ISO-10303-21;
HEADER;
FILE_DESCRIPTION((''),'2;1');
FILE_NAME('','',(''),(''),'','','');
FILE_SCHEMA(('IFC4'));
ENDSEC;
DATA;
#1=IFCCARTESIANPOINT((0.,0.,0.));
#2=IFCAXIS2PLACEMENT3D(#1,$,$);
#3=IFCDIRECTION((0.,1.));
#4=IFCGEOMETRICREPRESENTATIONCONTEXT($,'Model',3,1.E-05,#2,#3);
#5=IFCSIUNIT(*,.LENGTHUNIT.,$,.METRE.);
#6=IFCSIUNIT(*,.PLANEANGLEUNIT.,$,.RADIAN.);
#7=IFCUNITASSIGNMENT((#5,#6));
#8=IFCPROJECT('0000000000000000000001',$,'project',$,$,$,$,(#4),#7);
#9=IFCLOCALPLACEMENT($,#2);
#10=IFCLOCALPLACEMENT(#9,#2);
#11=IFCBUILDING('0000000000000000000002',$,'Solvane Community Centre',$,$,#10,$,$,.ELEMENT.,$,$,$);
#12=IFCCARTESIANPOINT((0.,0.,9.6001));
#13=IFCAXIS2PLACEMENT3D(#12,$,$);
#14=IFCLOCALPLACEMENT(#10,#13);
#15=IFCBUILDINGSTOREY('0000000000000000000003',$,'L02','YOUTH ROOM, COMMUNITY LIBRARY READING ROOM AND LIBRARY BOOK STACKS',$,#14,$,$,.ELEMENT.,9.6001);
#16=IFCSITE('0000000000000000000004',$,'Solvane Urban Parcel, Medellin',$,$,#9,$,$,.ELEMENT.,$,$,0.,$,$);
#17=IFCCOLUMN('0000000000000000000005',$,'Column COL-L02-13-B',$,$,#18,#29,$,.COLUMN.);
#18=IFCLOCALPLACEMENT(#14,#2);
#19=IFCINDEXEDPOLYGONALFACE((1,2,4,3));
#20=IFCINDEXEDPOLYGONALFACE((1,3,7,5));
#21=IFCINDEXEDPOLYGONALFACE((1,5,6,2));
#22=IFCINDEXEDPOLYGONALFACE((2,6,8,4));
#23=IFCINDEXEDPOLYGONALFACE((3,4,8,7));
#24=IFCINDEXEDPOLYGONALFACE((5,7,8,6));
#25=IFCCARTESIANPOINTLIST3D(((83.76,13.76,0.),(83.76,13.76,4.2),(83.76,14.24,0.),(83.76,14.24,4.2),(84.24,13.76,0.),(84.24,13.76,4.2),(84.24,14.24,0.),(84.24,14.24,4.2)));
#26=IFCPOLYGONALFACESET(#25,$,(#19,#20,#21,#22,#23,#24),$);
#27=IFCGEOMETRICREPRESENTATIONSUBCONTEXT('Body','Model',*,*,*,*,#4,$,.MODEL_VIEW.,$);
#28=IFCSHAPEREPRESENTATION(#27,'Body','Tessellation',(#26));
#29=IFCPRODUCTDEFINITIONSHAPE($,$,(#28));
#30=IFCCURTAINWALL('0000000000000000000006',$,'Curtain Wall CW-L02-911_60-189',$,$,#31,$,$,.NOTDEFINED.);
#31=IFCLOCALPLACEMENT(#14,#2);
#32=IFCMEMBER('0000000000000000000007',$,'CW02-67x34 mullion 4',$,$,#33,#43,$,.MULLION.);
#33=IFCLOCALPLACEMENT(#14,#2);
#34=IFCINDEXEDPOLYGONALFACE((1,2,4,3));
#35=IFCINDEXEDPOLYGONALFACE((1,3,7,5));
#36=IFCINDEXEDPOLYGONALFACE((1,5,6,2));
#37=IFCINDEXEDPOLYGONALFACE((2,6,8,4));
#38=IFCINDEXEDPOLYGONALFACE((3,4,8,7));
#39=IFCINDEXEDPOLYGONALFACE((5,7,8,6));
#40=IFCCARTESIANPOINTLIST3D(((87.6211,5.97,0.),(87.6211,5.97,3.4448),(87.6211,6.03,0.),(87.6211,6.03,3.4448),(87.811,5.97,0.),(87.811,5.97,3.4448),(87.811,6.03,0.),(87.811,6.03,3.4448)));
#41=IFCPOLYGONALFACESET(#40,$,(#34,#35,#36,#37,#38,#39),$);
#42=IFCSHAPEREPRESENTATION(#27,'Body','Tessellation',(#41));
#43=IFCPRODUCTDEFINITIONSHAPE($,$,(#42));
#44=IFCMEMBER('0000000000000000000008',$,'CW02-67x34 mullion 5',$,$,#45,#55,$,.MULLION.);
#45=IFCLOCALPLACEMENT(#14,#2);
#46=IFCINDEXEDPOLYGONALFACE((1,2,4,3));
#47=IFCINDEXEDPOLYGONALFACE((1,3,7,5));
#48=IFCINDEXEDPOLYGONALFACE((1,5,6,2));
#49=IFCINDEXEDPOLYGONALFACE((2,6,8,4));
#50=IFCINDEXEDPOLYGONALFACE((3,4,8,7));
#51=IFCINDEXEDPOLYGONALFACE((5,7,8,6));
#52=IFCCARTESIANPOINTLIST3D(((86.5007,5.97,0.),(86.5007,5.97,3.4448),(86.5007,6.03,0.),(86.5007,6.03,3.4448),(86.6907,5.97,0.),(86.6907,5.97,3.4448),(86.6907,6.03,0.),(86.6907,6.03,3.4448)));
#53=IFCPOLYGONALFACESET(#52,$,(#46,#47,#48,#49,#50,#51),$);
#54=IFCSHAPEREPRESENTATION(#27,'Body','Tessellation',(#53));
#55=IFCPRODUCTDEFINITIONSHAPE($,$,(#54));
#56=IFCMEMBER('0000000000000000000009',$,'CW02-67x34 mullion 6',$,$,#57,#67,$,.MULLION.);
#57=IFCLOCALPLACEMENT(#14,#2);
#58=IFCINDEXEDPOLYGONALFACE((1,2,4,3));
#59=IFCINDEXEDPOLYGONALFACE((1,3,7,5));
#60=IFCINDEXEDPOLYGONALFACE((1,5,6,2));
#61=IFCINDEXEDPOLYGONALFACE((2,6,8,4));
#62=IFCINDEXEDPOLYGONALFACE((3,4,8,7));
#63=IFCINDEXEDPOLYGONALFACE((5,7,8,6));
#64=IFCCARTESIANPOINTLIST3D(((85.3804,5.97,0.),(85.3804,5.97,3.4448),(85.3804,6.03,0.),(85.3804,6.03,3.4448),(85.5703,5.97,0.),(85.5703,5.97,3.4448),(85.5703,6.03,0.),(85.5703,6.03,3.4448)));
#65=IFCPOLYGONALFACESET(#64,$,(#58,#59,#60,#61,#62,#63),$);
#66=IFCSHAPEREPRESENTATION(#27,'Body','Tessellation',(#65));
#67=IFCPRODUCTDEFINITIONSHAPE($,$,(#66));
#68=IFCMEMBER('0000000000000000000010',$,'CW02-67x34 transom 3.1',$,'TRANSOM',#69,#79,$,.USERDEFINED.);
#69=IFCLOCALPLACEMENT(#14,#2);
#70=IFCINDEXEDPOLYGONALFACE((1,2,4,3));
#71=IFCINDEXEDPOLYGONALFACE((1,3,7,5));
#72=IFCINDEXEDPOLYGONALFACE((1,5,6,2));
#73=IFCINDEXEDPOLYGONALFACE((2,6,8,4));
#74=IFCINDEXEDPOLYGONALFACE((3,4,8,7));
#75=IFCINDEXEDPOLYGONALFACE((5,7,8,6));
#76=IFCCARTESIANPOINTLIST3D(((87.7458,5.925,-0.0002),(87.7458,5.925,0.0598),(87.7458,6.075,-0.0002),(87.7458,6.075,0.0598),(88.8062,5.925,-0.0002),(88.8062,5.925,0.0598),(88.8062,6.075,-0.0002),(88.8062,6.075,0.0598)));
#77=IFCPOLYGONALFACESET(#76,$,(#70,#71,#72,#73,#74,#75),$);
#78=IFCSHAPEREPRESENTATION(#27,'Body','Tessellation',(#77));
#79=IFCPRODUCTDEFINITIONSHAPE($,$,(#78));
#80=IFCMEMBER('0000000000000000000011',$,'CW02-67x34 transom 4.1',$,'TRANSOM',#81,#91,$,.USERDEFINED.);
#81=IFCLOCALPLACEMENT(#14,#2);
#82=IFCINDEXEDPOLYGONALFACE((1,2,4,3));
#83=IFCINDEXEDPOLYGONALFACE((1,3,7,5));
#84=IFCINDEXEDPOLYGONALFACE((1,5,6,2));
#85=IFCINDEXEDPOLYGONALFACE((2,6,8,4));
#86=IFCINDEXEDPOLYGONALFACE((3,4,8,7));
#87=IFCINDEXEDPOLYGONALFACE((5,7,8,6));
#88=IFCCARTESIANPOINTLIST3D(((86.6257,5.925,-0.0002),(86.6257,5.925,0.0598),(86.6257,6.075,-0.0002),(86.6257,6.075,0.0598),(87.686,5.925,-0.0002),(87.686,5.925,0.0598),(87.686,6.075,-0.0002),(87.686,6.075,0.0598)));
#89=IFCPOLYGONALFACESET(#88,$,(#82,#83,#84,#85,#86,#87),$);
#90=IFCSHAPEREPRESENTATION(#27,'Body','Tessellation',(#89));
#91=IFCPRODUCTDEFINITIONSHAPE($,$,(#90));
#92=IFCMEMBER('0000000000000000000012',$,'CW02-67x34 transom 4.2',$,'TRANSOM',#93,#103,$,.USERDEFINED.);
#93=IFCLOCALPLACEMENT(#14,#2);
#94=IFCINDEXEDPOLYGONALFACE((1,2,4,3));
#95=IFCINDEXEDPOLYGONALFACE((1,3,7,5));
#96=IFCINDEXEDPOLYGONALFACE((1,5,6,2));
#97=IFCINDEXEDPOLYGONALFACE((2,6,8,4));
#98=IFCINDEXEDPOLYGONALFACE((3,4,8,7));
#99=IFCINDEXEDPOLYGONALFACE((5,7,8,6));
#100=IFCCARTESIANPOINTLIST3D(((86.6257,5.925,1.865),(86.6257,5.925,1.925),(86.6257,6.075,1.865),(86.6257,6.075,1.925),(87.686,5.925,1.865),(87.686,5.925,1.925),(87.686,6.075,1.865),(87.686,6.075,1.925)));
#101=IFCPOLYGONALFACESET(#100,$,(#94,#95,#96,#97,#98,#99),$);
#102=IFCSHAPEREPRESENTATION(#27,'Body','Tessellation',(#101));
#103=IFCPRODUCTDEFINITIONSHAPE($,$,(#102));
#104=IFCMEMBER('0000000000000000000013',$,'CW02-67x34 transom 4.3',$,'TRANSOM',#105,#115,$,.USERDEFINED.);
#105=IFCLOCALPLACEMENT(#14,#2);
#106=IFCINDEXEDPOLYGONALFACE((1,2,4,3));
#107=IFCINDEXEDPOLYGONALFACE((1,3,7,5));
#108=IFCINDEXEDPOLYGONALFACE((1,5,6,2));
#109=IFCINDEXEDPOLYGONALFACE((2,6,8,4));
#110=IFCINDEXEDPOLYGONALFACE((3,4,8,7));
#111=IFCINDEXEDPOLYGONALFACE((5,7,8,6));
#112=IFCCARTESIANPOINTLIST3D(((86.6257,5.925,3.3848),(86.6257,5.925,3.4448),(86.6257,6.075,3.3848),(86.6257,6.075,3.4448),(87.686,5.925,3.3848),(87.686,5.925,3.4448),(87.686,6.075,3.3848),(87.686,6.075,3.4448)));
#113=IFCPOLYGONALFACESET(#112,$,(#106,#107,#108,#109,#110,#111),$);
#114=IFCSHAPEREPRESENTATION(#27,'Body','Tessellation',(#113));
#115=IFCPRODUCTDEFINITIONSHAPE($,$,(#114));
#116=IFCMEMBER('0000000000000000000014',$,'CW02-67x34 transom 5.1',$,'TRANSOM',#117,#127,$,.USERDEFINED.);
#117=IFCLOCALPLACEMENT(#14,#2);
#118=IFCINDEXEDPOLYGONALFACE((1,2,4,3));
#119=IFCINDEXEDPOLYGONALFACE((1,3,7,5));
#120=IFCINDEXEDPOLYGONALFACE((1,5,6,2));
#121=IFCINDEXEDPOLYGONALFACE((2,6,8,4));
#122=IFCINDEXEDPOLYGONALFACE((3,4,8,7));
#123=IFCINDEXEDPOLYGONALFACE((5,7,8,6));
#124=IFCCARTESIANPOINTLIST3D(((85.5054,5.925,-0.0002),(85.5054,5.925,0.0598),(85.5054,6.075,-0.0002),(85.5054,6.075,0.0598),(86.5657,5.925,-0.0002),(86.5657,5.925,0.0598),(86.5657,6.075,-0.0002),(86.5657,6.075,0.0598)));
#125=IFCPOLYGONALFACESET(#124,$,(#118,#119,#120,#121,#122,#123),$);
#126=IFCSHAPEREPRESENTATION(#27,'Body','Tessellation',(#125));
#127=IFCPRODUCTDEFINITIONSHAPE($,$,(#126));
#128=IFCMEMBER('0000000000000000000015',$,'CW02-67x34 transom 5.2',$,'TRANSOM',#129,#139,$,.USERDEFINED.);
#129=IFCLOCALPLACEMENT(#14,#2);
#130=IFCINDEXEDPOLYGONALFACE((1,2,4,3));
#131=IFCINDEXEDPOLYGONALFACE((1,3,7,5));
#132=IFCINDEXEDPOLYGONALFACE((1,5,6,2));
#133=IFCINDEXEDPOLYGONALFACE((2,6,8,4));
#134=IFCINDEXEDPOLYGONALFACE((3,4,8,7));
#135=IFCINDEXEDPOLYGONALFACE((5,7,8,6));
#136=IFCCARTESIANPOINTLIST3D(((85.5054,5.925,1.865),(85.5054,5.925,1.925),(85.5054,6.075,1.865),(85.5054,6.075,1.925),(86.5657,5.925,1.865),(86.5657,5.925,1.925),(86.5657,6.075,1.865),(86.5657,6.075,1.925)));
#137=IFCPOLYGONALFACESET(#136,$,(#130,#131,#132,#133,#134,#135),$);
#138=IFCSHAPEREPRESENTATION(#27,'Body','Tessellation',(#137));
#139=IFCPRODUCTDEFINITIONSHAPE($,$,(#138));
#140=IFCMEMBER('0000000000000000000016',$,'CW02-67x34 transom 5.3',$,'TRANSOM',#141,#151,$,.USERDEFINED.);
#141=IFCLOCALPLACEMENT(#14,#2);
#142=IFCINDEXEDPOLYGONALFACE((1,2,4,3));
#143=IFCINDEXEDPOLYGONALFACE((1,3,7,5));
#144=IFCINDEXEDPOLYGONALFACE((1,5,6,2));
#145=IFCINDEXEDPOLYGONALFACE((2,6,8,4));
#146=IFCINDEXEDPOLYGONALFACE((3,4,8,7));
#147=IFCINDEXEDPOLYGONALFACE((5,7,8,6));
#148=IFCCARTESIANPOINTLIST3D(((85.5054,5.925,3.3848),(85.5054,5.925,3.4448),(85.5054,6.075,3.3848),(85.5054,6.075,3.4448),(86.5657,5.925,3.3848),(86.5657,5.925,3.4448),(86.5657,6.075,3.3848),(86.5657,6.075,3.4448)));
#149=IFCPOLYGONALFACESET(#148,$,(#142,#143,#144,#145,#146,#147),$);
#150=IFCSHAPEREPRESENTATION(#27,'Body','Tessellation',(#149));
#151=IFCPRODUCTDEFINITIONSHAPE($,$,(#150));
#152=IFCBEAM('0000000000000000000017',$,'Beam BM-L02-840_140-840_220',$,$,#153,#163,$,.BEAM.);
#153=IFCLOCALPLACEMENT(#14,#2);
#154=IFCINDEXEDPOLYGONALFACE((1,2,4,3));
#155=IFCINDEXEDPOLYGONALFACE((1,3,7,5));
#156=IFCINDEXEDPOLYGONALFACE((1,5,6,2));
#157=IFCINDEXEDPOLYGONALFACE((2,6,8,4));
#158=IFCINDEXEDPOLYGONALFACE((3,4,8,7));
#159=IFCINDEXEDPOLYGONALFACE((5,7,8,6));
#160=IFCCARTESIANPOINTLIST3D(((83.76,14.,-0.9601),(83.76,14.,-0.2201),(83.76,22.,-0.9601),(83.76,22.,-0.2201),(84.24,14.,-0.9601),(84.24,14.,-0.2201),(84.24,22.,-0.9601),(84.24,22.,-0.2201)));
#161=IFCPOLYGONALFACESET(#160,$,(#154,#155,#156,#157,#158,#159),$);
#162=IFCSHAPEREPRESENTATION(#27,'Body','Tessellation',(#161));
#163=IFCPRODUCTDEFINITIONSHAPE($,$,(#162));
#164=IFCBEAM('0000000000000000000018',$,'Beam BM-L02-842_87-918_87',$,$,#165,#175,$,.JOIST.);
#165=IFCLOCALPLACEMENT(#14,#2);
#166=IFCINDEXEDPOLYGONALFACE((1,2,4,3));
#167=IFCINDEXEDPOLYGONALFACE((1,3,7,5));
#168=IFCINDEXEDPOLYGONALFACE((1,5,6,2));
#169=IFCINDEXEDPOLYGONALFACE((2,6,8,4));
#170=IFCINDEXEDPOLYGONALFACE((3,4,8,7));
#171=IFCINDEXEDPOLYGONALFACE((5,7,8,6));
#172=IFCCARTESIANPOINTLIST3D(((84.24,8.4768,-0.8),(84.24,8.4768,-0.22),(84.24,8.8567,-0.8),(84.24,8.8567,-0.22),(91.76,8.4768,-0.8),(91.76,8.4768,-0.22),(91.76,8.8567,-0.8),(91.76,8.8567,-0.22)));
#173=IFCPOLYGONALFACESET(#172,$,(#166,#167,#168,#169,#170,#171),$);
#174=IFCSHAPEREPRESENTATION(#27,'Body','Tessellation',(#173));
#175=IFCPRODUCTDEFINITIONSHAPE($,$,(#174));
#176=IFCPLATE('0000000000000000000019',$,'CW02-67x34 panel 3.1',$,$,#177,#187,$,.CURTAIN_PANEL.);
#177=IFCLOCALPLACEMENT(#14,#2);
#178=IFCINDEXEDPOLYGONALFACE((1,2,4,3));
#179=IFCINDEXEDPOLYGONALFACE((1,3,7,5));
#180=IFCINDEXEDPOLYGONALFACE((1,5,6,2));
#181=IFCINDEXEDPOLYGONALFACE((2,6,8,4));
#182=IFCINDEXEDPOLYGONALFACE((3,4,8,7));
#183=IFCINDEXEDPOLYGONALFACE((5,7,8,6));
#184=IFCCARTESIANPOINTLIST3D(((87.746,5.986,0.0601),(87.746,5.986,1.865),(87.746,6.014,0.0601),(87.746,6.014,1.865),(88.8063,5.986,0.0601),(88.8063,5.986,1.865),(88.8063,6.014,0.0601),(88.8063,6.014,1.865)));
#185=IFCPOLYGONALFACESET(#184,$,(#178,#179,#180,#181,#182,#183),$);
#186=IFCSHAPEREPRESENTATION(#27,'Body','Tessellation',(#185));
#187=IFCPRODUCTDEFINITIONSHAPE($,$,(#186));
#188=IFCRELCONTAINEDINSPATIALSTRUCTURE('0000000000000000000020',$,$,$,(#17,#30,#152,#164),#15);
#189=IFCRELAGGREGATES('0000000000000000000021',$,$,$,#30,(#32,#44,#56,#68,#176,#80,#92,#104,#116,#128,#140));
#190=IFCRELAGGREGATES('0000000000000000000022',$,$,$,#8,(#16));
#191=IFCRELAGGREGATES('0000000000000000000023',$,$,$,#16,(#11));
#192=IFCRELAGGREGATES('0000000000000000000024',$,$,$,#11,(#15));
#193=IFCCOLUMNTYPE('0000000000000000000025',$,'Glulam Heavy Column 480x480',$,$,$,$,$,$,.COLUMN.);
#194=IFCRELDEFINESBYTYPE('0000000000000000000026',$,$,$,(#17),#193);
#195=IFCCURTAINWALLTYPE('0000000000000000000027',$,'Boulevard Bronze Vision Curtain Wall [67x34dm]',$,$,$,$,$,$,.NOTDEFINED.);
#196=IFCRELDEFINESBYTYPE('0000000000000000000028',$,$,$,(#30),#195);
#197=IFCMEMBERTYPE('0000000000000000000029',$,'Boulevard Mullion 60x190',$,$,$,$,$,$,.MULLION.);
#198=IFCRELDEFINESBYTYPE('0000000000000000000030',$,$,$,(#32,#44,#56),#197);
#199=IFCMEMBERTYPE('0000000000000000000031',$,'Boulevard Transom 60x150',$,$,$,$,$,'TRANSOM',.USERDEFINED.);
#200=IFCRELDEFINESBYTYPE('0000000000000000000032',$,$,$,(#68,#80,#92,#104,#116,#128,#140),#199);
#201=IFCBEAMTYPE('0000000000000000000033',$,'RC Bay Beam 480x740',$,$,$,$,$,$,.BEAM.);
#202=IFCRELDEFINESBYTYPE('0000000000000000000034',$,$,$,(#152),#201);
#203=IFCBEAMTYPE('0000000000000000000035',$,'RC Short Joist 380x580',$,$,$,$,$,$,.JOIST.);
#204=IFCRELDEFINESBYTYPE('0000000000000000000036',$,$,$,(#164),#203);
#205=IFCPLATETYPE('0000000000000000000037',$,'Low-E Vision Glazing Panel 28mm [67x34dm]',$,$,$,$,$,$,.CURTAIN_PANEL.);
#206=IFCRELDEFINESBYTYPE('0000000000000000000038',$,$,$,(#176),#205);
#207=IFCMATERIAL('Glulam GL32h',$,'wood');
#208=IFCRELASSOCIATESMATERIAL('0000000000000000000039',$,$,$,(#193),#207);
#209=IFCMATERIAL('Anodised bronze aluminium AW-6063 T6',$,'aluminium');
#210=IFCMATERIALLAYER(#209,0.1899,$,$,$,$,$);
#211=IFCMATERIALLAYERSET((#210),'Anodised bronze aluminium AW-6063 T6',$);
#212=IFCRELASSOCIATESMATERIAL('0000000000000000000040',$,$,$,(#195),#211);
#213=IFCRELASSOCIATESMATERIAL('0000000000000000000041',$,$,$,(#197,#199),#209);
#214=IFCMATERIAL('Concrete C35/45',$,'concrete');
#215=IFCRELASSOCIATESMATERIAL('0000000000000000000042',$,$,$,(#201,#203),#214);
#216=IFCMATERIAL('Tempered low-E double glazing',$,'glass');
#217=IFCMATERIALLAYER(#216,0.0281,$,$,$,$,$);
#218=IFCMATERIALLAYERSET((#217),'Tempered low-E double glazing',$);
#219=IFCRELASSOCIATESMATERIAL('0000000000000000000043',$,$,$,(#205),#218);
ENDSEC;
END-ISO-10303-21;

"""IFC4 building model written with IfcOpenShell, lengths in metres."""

from ifc_helpers import new_model, si_unit, direction, frame, origin, origin_2d, place, context, subcontext, project, spatial, rectangle, extrude, material, layer, layer_set, material_profile, profile_set, type_object, element, aggregate, save


model = new_model("IFC4")

# Units and contexts
model_context = context("Model", 3, precision=1e-05, world=origin(), true_north=direction((0.0, 1.0)))
body_context = subcontext(model_context, "Body", "Model", "MODEL_VIEW")
ifc_project = project(units=[si_unit("LENGTHUNIT", "METRE"), si_unit("PLANEANGLEUNIT", "RADIAN")], contexts=[model_context])

# Site, building, storey
site_placement = place(None, origin())
site = spatial("IfcSite", under=ifc_project, at=site_placement, Name="Solvane Urban Parcel, Medellin", CompositionType="ELEMENT", RefElevation=0.0)
building_placement = place(site_placement, origin())
building = spatial("IfcBuilding", under=site, at=building_placement, Name="Solvane Community Centre", CompositionType="ELEMENT")
storey_placement = place(building_placement, frame((0.0, 0.0, 9.6001)))
storey = spatial("IfcBuildingStorey", under=building, at=storey_placement, Name="L02", Description="YOUTH ROOM, COMMUNITY LIBRARY READING ROOM AND LIBRARY BOOK STACKS", CompositionType="ELEMENT", Elevation=9.6001)

# Column
ifc_material_1 = material(Name="Glulam GL32h", Category="wood")
ifc_material_profile_1 = material_profile(ifc_material_1, rectangle(XDim=0.48, YDim=0.48, at=origin_2d()), Name="GL32h 480x480")
ifc_profile_set_1 = profile_set([ifc_material_profile_1], Name="Glulam GL32h")
column_type = type_object("IfcColumnType", Name="Glulam Heavy Column 480x480", PredefinedType="COLUMN", material=ifc_profile_set_1)
column_placement = place(storey_placement, frame((84.0, 14.0, 0.0), z_axis=(0.0, 0.0, 1.0), x_axis=(1.0, 0.0, 0.0)))
element("IfcColumn", 1, at=column_placement, inside=storey, type_object=column_type, Name="Column COL-L02-13-B", PredefinedType="COLUMN", context=body_context, shape_type="SweptSolid", body=[
    extrude(rectangle(XDim=0.48, YDim=0.48, at=origin_2d()), origin(), (0.0, 0.0, 1.0), 4.2),
])

# Curtain wall, members
ifc_material_2 = material(Name="Anodised bronze aluminium AW-6063 T6", Category="aluminium")
ifc_layer_1 = layer(ifc_material_2, 0.1899)
ifc_layer_set_1 = layer_set([ifc_layer_1], Name="Anodised bronze aluminium AW-6063 T6")
curtain_wall_type = type_object("IfcCurtainWallType", Name="Boulevard Bronze Vision Curtain Wall [67x34dm]", PredefinedType="NOTDEFINED", material=ifc_layer_set_1)
curtain_wall_placement = place(storey_placement, origin())
curtain_wall = element("IfcCurtainWall", 2, at=curtain_wall_placement, inside=storey, type_object=curtain_wall_type, Name="Curtain Wall CW-L02-911_60-189", PredefinedType="NOTDEFINED")
ifc_material_profile_2 = material_profile(ifc_material_2, rectangle(XDim=0.0601, YDim=0.1899, at=origin_2d()), Name="CW-M 60x190")
ifc_profile_set_2 = profile_set([ifc_material_profile_2], Name="Anodised bronze aluminium AW-6063 T6")
member_type_1 = type_object("IfcMemberType", Name="Boulevard Mullion 60x190", PredefinedType="MULLION", material=ifc_profile_set_2)
member_1_placement = place(storey_placement, frame((87.7161, 6.0, 0.0), z_axis=(0.0, 0.0, 1.0), x_axis=(0.0, -1.0, 0.0)))
member_1 = element("IfcMember", 3, at=member_1_placement, type_object=member_type_1, Name="CW02-67x34 mullion 4", PredefinedType="MULLION", context=body_context, shape_type="SweptSolid", body=[
    extrude(rectangle(XDim=0.0601, YDim=0.1899, at=origin_2d()), origin(), (0.0, 0.0, 1.0), 3.4448),
])
member_2_placement = place(storey_placement, frame((86.5957, 6.0, 0.0), z_axis=(0.0, 0.0, 1.0), x_axis=(0.0, -1.0, 0.0)))
member_2 = element("IfcMember", 4, at=member_2_placement, type_object=member_type_1, Name="CW02-67x34 mullion 5", PredefinedType="MULLION", context=body_context, shape_type="SweptSolid", body=[
    extrude(rectangle(XDim=0.0601, YDim=0.1899, at=origin_2d()), origin(), (0.0, 0.0, 1.0), 3.4448),
])
member_3_placement = place(storey_placement, frame((85.4753, 6.0, 0.0), z_axis=(0.0, 0.0, 1.0), x_axis=(0.0, -1.0, 0.0)))
member_3 = element("IfcMember", 5, at=member_3_placement, type_object=member_type_1, Name="CW02-67x34 mullion 6", PredefinedType="MULLION", context=body_context, shape_type="SweptSolid", body=[
    extrude(rectangle(XDim=0.0601, YDim=0.1899, at=origin_2d()), origin(), (0.0, 0.0, 1.0), 3.4448),
])
ifc_material_profile_3 = material_profile(ifc_material_2, rectangle(XDim=0.1499, YDim=0.0601, at=origin_2d()), Name="CW-T 60x150")
ifc_profile_set_3 = profile_set([ifc_material_profile_3], Name="Anodised bronze aluminium AW-6063 T6")
member_type_2 = type_object("IfcMemberType", Name="Boulevard Transom 60x150", ElementType="TRANSOM", PredefinedType="USERDEFINED", material=ifc_profile_set_3)
member_4_placement = place(storey_placement, frame((88.8062, 6.0, 0.0298), z_axis=(-1.0, 0.0, 0.0), x_axis=(0.0, -1.0, 0.0)))
member_4 = element("IfcMember", 6, at=member_4_placement, type_object=member_type_2, Name="CW02-67x34 transom 3.1", ObjectType="TRANSOM", PredefinedType="USERDEFINED", context=body_context, shape_type="SweptSolid", body=[
    extrude(rectangle(XDim=0.1499, YDim=0.0601, at=origin_2d()), origin(), (0.0, 0.0, 1.0), 1.0603),
])
member_5_placement = place(storey_placement, frame((87.686, 6.0, 0.0298), z_axis=(-1.0, 0.0, 0.0), x_axis=(0.0, -1.0, 0.0)))
member_5 = element("IfcMember", 7, at=member_5_placement, type_object=member_type_2, Name="CW02-67x34 transom 4.1", ObjectType="TRANSOM", PredefinedType="USERDEFINED", context=body_context, shape_type="SweptSolid", body=[
    extrude(rectangle(XDim=0.1499, YDim=0.0601, at=origin_2d()), origin(), (0.0, 0.0, 1.0), 1.0603),
])
member_6_placement = place(storey_placement, frame((87.686, 6.0, 1.895), z_axis=(-1.0, 0.0, 0.0), x_axis=(0.0, -1.0, 0.0)))
member_6 = element("IfcMember", 8, at=member_6_placement, type_object=member_type_2, Name="CW02-67x34 transom 4.2", ObjectType="TRANSOM", PredefinedType="USERDEFINED", context=body_context, shape_type="SweptSolid", body=[
    extrude(rectangle(XDim=0.1499, YDim=0.0601, at=origin_2d()), origin(), (0.0, 0.0, 1.0), 1.0603),
])
member_7_placement = place(storey_placement, frame((87.686, 6.0, 3.4148), z_axis=(-1.0, 0.0, 0.0), x_axis=(0.0, -1.0, 0.0)))
member_7 = element("IfcMember", 9, at=member_7_placement, type_object=member_type_2, Name="CW02-67x34 transom 4.3", ObjectType="TRANSOM", PredefinedType="USERDEFINED", context=body_context, shape_type="SweptSolid", body=[
    extrude(rectangle(XDim=0.1499, YDim=0.0601, at=origin_2d()), origin(), (0.0, 0.0, 1.0), 1.0603),
])
member_8_placement = place(storey_placement, frame((86.5657, 6.0, 0.0298), z_axis=(-1.0, 0.0, 0.0), x_axis=(0.0, -1.0, 0.0)))
member_8 = element("IfcMember", 10, at=member_8_placement, type_object=member_type_2, Name="CW02-67x34 transom 5.1", ObjectType="TRANSOM", PredefinedType="USERDEFINED", context=body_context, shape_type="SweptSolid", body=[
    extrude(rectangle(XDim=0.1499, YDim=0.0601, at=origin_2d()), origin(), (0.0, 0.0, 1.0), 1.0603),
])
member_9_placement = place(storey_placement, frame((86.5657, 6.0, 1.895), z_axis=(-1.0, 0.0, 0.0), x_axis=(0.0, -1.0, 0.0)))
member_9 = element("IfcMember", 11, at=member_9_placement, type_object=member_type_2, Name="CW02-67x34 transom 5.2", ObjectType="TRANSOM", PredefinedType="USERDEFINED", context=body_context, shape_type="SweptSolid", body=[
    extrude(rectangle(XDim=0.1499, YDim=0.0601, at=origin_2d()), origin(), (0.0, 0.0, 1.0), 1.0603),
])
member_10_placement = place(storey_placement, frame((86.5657, 6.0, 3.4148), z_axis=(-1.0, 0.0, 0.0), x_axis=(0.0, -1.0, 0.0)))
member_10 = element("IfcMember", 12, at=member_10_placement, type_object=member_type_2, Name="CW02-67x34 transom 5.3", ObjectType="TRANSOM", PredefinedType="USERDEFINED", context=body_context, shape_type="SweptSolid", body=[
    extrude(rectangle(XDim=0.1499, YDim=0.0601, at=origin_2d()), origin(), (0.0, 0.0, 1.0), 1.0603),
])

# Beams
ifc_material_3 = material(Name="Concrete C35/45", Category="concrete")
ifc_material_profile_4 = material_profile(ifc_material_3, rectangle(XDim=0.48, YDim=0.74, at=origin_2d()), Name="RC 480x740")
ifc_profile_set_4 = profile_set([ifc_material_profile_4], Name="Concrete C35/45")
beam_type_1 = type_object("IfcBeamType", Name="RC Bay Beam 480x740", PredefinedType="BEAM", material=ifc_profile_set_4)
beam_1_placement = place(storey_placement, frame((84.0, 14.0, -0.5901), z_axis=(0.0, 1.0, 0.0), x_axis=(-1.0, 0.0, 0.0)))
element("IfcBeam", 13, at=beam_1_placement, inside=storey, type_object=beam_type_1, Name="Beam BM-L02-840_140-840_220", PredefinedType="BEAM", context=body_context, shape_type="SweptSolid", body=[
    extrude(rectangle(XDim=0.48, YDim=0.74, at=origin_2d()), origin(), (0.0, 0.0, 1.0), 8.0),
])
ifc_material_profile_5 = material_profile(ifc_material_3, rectangle(XDim=0.3799, YDim=0.5801, at=origin_2d()), Name="RC 380x580")
ifc_profile_set_5 = profile_set([ifc_material_profile_5], Name="Concrete C35/45")
beam_type_2 = type_object("IfcBeamType", Name="RC Short Joist 380x580", PredefinedType="JOIST", material=ifc_profile_set_5)
beam_2_placement = place(storey_placement, frame((84.24, 8.6667, -0.51), z_axis=(1.0, 0.0, 0.0), x_axis=(0.0, 1.0, 0.0)))
element("IfcBeam", 14, at=beam_2_placement, inside=storey, type_object=beam_type_2, Name="Beam BM-L02-842_87-918_87", PredefinedType="JOIST", context=body_context, shape_type="SweptSolid", body=[
    extrude(rectangle(XDim=0.3799, YDim=0.5801, at=origin_2d()), origin(), (0.0, 0.0, 1.0), 7.52),
])

# Plate
ifc_material_4 = material(Name="Tempered low-E double glazing", Category="glass")
ifc_layer_2 = layer(ifc_material_4, 0.0281)
ifc_layer_set_2 = layer_set([ifc_layer_2], Name="Tempered low-E double glazing")
plate_type = type_object("IfcPlateType", Name="Low-E Vision Glazing Panel 28mm [67x34dm]", PredefinedType="CURTAIN_PANEL", material=ifc_layer_set_2)
plate_1_placement = place(storey_placement, frame((88.2761, 6.0, 0.0601), z_axis=(0.0, 0.0, 1.0), x_axis=(-1.0, 0.0, 0.0)))
plate_1 = element("IfcPlate", 15, at=plate_1_placement, type_object=plate_type, Name="CW02-67x34 panel 3.1", PredefinedType="CURTAIN_PANEL", context=body_context, shape_type="SweptSolid", body=[
    extrude(rectangle(XDim=1.0603, YDim=0.0281, at=origin_2d()), origin(), (0.0, 0.0, 1.0), 1.8049),
])
aggregate(curtain_wall, [member_1, member_2, member_3, member_4, plate_1, member_5, member_6, member_7, member_8, member_9, member_10])

save(model, "model.ifc")
